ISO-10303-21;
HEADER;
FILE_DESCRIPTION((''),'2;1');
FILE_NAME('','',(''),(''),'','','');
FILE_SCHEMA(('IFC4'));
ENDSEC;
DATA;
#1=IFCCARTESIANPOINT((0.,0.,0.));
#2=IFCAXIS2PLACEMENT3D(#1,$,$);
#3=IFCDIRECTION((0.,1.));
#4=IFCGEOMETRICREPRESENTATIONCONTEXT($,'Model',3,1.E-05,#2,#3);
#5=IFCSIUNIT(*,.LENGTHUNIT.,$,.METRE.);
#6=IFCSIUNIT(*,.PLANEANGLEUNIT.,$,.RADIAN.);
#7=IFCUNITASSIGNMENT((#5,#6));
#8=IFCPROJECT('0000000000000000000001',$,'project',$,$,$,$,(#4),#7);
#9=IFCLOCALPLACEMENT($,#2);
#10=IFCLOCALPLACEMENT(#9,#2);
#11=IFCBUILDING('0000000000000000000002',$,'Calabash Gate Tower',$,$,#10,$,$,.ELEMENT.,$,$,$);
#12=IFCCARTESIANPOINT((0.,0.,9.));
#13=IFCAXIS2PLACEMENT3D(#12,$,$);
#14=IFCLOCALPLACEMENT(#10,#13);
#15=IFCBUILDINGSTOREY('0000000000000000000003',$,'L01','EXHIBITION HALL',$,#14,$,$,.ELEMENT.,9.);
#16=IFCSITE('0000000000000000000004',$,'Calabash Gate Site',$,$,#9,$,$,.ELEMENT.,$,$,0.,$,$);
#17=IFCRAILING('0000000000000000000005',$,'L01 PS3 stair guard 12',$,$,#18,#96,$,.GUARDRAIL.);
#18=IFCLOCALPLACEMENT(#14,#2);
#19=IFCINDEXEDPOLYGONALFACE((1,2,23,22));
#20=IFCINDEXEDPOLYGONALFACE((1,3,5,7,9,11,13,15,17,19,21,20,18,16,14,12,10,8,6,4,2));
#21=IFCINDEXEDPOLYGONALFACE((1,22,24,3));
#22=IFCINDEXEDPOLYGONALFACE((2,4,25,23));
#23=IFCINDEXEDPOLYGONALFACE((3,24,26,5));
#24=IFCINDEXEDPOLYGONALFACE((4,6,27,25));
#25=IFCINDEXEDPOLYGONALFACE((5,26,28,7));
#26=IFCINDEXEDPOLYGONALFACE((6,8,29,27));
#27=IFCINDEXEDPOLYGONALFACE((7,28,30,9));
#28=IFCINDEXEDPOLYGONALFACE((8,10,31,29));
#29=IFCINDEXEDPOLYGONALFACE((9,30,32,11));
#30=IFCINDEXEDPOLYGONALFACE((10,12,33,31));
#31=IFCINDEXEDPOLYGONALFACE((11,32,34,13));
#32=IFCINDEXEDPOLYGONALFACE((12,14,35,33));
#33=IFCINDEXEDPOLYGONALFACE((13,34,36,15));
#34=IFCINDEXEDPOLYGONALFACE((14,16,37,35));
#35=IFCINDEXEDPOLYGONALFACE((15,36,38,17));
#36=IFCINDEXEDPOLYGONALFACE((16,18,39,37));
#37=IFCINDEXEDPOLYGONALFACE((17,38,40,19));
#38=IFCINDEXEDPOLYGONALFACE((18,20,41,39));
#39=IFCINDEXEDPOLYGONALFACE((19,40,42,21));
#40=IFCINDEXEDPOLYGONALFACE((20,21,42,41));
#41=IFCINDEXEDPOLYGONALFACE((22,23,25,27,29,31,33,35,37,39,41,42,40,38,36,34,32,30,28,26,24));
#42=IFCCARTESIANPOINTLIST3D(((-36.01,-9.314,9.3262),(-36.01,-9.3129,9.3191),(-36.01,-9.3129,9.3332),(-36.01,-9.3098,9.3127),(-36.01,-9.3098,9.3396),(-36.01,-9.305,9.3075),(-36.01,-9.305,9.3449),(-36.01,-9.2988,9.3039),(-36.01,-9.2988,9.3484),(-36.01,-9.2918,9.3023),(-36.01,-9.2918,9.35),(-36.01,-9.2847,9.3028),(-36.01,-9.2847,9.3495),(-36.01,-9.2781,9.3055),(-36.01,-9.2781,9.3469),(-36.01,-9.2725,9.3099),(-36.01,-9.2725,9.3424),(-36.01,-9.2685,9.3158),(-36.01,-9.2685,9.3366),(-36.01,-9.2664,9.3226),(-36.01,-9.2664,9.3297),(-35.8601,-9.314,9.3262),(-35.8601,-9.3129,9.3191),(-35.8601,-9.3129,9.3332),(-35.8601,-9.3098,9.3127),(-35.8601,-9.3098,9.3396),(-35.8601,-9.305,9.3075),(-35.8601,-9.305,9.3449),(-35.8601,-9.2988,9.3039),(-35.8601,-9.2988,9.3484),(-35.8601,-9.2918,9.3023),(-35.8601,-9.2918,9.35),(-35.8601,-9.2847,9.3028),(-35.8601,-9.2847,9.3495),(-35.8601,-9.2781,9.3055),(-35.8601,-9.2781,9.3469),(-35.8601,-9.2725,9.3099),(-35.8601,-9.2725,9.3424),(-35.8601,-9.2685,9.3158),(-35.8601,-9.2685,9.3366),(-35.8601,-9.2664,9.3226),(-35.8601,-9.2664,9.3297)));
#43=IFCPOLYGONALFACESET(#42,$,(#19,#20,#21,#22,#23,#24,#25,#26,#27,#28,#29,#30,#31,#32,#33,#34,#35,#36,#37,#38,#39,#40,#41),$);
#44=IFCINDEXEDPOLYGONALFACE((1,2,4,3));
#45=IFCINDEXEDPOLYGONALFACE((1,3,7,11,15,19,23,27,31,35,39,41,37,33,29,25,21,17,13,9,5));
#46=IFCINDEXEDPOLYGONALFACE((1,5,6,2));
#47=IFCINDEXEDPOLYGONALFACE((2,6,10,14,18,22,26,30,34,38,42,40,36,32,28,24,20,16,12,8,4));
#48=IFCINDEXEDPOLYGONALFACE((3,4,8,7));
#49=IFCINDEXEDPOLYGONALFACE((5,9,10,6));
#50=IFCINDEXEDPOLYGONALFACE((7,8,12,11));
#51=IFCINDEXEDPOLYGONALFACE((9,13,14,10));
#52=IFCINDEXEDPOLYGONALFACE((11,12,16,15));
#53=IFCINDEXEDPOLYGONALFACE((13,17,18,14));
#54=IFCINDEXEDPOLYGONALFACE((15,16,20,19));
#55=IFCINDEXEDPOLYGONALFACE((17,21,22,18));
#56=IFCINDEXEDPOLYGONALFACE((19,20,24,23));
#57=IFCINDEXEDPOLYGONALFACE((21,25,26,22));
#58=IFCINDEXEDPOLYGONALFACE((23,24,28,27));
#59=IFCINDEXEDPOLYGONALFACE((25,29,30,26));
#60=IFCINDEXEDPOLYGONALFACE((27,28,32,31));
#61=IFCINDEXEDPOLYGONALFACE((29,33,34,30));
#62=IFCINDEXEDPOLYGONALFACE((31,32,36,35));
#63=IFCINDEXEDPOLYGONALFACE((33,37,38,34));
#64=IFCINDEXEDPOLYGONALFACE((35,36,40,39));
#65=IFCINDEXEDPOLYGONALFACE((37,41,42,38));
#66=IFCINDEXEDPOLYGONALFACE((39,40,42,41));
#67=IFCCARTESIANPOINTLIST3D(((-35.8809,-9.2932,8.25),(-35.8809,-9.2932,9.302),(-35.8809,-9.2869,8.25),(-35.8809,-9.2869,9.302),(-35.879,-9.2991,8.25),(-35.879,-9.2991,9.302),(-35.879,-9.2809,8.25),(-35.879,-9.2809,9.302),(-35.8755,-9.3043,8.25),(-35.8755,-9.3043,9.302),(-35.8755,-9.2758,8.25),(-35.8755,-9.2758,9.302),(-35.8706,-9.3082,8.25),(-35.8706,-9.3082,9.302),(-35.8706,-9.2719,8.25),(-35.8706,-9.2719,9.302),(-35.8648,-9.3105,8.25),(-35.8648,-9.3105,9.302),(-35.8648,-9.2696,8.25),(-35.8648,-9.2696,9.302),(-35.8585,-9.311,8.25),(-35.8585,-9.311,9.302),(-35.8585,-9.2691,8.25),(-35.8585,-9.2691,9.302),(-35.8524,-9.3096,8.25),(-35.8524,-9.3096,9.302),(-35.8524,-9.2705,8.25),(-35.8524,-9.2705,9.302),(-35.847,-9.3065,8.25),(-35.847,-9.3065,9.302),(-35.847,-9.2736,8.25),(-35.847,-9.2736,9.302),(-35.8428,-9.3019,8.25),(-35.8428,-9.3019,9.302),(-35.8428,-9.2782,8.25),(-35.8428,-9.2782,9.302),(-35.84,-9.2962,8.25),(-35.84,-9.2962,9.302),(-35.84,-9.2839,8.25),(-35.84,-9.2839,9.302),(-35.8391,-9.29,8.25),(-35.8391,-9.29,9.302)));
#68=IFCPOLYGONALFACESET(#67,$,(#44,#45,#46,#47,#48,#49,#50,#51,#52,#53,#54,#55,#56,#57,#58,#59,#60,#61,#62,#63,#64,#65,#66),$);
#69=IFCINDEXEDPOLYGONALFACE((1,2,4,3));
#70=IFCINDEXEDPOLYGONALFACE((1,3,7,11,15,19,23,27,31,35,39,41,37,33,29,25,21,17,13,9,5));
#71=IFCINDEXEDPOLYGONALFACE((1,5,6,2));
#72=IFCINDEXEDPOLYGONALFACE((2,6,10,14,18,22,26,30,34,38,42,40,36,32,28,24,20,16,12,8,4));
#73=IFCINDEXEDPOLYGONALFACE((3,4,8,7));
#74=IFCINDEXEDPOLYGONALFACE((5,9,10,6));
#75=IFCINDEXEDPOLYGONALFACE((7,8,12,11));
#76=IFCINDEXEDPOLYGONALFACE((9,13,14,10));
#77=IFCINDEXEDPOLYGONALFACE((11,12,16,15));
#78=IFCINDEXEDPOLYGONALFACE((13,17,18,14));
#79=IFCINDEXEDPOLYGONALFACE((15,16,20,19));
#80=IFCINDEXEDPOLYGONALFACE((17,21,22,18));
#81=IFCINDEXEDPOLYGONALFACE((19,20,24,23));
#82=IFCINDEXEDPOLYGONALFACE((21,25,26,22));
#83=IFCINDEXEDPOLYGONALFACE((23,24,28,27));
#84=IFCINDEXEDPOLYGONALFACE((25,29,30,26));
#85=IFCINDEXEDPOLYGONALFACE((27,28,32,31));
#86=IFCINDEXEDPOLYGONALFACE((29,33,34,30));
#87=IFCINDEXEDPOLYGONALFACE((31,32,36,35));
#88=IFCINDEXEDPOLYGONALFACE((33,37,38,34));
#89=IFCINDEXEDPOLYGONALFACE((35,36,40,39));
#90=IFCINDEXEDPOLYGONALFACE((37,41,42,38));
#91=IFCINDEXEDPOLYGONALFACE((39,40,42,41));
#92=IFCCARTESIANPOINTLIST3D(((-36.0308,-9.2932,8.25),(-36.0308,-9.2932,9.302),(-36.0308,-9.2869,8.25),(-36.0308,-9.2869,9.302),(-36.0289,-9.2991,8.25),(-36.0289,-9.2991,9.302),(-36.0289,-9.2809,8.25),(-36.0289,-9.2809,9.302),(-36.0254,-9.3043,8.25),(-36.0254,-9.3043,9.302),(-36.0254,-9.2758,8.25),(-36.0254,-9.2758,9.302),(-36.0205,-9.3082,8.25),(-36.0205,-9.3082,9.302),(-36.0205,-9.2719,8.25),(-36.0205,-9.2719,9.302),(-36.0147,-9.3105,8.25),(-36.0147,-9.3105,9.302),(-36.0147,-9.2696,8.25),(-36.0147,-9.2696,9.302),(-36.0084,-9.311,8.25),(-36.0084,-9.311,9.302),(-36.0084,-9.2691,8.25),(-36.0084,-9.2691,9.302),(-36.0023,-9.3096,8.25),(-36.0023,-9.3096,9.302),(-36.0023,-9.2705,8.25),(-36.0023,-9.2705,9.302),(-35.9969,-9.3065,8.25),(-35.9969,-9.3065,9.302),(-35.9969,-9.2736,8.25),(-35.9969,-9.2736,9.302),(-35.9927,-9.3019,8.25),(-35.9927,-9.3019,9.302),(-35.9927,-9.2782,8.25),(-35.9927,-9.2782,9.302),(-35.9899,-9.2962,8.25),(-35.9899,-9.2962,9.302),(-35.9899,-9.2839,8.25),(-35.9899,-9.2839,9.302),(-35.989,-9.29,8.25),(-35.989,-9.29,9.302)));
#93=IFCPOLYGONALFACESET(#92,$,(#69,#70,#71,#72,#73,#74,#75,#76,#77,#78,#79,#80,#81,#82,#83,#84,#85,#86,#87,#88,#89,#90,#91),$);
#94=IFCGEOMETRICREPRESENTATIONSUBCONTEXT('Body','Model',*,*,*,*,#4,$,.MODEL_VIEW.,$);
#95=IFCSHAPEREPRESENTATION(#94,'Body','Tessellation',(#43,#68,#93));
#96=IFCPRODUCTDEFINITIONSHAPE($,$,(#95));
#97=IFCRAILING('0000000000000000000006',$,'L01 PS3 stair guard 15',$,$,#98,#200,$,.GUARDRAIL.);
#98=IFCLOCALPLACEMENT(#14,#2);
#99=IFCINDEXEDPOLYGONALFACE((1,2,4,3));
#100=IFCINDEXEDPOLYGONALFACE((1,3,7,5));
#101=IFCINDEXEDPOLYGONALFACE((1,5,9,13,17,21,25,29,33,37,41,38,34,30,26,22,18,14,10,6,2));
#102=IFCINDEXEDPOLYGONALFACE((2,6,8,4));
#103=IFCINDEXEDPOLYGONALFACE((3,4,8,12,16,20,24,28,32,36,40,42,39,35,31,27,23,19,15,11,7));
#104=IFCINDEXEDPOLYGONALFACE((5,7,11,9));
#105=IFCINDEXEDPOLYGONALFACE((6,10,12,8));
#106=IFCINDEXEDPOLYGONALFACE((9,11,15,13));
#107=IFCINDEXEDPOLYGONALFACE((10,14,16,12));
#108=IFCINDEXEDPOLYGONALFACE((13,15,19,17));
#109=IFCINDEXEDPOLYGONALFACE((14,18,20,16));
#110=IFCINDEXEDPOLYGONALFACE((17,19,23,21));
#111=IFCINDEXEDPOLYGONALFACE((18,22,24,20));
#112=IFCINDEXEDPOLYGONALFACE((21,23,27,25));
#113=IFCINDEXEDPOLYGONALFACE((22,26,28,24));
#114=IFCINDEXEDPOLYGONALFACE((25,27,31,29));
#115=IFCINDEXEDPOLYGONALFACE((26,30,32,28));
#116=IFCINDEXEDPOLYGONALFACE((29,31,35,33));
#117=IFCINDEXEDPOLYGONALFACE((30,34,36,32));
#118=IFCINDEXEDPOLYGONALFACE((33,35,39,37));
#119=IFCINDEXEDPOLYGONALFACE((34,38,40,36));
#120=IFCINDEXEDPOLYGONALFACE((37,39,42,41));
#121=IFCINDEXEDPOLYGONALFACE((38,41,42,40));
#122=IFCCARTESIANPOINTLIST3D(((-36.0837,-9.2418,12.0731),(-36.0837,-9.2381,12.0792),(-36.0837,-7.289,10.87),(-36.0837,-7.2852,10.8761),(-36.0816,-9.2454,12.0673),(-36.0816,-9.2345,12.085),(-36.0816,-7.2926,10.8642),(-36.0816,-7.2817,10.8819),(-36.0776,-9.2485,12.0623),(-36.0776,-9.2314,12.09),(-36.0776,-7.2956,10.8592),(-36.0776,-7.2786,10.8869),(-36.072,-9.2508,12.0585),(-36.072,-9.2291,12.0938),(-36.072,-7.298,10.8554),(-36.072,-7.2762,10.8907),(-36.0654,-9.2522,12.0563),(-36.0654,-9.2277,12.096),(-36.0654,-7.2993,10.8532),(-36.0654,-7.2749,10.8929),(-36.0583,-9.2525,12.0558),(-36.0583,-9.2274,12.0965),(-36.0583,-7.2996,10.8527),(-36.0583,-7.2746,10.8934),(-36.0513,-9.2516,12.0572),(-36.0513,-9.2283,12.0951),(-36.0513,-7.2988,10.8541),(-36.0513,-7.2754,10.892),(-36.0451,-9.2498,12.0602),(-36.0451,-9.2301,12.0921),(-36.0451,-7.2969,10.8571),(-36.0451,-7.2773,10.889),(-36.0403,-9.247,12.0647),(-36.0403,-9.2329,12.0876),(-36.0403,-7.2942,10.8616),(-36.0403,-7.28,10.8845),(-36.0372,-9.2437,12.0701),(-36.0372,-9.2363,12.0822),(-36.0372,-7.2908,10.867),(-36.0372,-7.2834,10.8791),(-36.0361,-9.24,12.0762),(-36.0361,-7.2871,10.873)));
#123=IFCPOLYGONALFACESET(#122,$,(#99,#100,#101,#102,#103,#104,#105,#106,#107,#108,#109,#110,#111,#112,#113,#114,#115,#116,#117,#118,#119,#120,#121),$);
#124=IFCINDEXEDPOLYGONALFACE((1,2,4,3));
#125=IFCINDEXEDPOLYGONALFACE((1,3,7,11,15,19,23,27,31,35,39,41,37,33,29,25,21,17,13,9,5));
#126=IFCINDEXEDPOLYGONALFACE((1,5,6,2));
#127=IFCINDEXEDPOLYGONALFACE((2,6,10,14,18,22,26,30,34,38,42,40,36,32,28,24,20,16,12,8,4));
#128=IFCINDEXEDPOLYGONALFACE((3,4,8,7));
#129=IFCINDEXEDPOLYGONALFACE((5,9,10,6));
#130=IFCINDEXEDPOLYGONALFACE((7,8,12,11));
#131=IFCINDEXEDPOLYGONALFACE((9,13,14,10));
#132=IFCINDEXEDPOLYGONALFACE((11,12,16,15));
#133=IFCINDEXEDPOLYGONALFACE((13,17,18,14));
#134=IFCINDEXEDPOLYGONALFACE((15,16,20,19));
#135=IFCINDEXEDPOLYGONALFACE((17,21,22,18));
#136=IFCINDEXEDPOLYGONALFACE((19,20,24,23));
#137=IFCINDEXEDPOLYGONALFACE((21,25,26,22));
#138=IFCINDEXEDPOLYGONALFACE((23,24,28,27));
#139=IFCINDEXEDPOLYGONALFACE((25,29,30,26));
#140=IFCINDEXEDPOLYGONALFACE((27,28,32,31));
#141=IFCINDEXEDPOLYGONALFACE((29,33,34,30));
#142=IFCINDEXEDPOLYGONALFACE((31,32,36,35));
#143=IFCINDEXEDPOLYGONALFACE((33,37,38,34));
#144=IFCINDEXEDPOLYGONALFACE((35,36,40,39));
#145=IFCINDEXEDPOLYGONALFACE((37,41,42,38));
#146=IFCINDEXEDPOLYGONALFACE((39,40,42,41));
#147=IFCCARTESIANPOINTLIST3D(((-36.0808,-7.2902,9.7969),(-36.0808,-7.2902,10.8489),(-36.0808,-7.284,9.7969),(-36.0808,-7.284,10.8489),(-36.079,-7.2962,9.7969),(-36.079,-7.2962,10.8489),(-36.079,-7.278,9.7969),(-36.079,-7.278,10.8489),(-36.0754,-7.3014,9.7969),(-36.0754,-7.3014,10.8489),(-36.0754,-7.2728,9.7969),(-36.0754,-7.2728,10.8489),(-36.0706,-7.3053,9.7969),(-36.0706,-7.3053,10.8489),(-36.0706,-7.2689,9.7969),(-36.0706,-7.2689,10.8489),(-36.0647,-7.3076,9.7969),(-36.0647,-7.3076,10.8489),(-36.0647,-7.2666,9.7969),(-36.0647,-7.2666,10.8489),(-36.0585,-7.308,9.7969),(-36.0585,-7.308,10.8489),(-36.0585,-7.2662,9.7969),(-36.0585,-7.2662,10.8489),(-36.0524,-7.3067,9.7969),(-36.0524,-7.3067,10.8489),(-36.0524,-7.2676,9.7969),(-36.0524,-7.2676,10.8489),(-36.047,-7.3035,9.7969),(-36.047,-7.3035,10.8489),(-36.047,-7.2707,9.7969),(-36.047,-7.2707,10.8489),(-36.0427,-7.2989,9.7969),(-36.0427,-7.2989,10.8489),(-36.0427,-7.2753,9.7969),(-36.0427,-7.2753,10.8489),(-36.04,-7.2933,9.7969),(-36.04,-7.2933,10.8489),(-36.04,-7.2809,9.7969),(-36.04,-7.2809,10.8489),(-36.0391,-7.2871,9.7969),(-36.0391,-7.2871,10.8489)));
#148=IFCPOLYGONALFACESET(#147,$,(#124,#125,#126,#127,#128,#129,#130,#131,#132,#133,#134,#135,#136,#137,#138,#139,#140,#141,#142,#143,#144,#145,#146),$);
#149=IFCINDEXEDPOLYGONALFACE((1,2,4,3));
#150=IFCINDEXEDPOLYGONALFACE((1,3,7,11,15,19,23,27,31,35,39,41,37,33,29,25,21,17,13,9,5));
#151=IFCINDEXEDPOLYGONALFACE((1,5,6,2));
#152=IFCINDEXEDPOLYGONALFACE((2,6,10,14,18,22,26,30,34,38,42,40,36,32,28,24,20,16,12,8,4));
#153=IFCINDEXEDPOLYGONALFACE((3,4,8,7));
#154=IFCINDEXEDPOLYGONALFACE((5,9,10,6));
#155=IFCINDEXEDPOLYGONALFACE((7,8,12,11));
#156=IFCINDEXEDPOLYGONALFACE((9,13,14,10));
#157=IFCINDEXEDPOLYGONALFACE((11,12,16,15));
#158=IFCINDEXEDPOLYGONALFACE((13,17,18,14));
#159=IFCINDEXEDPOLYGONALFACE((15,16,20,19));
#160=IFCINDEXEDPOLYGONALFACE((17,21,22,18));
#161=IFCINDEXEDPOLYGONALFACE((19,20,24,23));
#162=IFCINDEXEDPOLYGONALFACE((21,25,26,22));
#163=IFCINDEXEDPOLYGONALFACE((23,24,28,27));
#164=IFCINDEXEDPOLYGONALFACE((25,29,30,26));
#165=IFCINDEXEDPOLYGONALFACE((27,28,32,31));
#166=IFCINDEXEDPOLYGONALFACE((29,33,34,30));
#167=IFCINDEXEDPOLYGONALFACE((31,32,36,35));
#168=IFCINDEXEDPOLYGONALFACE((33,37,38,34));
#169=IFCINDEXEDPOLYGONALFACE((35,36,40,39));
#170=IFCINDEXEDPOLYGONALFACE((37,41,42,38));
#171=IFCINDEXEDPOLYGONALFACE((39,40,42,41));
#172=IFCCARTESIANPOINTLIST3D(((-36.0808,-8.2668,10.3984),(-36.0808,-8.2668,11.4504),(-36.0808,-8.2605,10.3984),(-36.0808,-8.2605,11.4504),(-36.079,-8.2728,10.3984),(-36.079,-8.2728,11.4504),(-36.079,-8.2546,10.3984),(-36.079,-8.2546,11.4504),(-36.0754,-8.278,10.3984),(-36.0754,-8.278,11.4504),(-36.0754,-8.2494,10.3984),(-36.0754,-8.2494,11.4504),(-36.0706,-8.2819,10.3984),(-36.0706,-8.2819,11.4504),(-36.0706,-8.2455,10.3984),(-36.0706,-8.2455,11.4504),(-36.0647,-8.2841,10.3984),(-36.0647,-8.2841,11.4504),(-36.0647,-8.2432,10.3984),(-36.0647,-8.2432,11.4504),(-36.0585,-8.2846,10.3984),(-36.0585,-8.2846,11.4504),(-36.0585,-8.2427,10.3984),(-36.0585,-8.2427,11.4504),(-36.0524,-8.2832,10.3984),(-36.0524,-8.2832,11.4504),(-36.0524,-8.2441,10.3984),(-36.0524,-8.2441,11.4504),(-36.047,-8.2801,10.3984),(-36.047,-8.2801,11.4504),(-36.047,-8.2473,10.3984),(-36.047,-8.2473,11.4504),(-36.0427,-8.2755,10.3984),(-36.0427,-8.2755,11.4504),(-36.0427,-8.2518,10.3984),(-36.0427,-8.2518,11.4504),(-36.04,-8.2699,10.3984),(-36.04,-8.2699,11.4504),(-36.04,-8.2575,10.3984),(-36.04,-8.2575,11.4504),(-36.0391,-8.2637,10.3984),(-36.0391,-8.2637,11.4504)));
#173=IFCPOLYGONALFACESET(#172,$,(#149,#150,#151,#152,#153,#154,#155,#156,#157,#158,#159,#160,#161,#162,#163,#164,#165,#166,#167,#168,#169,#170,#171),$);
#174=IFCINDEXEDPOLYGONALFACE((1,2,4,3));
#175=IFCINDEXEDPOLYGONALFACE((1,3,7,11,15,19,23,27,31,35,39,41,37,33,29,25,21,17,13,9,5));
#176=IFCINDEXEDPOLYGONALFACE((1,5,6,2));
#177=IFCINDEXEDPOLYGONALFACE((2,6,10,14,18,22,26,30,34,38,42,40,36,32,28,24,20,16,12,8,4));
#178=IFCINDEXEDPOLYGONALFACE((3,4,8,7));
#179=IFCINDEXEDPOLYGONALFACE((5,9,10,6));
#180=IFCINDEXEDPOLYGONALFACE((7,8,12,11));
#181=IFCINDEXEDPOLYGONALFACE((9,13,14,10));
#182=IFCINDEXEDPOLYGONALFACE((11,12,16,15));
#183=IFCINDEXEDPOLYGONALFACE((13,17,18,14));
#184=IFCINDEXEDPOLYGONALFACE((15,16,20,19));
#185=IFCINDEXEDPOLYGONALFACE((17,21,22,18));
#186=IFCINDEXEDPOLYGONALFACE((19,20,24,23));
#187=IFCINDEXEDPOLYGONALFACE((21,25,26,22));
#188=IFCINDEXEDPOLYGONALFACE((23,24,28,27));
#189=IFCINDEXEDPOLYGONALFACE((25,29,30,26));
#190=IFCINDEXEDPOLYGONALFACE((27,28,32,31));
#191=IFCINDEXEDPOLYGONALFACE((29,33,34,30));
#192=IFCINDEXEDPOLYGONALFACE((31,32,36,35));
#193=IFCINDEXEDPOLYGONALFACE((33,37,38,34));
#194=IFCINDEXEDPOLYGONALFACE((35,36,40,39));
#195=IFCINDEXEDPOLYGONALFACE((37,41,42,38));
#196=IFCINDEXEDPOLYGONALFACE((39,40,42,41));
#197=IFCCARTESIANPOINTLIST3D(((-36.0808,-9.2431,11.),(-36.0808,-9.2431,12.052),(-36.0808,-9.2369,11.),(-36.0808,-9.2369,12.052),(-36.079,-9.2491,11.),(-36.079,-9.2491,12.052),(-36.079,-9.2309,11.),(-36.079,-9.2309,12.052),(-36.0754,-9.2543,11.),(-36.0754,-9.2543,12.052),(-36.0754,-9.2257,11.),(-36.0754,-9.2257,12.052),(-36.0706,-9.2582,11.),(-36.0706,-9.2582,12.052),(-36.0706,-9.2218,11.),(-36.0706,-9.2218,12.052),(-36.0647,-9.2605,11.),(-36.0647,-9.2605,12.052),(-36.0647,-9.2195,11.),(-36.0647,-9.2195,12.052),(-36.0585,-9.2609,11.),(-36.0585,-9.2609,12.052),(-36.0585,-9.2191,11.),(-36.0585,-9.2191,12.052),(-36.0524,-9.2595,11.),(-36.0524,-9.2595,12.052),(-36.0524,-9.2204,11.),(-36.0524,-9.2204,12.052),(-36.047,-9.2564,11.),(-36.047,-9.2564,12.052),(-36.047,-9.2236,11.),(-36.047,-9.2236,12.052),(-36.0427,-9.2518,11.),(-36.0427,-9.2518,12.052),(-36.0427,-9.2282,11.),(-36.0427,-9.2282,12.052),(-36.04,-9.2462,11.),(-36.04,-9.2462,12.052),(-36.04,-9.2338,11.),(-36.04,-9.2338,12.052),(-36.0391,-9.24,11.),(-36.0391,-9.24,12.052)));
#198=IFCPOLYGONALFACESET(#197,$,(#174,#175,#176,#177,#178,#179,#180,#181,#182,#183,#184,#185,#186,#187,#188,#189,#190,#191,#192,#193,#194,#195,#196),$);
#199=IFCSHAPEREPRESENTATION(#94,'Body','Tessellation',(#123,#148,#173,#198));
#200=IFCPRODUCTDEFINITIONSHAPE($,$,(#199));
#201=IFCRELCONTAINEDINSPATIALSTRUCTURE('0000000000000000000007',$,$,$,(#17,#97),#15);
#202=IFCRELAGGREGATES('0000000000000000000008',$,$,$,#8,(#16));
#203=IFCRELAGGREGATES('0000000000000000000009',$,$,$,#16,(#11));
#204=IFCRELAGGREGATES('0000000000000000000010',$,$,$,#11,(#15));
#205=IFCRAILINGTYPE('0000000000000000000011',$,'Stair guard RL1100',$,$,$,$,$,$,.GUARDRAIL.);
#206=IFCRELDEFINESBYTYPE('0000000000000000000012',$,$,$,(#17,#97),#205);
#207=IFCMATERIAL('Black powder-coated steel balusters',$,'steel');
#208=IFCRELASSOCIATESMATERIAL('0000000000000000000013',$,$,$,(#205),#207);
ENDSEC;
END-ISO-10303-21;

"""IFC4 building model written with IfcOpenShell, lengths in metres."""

from ifc_helpers import new_model, si_unit, direction, frame, origin, origin_2d, place, context, subcontext, project, spatial, circle, extrude, material, type_object, element, save


model = new_model("IFC4")

# Units and contexts
model_context = context("Model", 3, precision=1e-05, world=origin(), true_north=direction((0.0, 1.0)))
body_context = subcontext(model_context, "Body", "Model", "MODEL_VIEW")
ifc_project = project(units=[si_unit("LENGTHUNIT", "METRE"), si_unit("PLANEANGLEUNIT", "RADIAN")], contexts=[model_context])

# Site, building, storey
site_placement = place(None, origin())
site = spatial("IfcSite", under=ifc_project, at=site_placement, Name="Calabash Gate Site", CompositionType="ELEMENT", RefElevation=0.0)
building_placement = place(site_placement, origin())
building = spatial("IfcBuilding", under=site, at=building_placement, Name="Calabash Gate Tower", CompositionType="ELEMENT")
storey_placement = place(building_placement, frame((0.0, 0.0, 9.0)))
storey = spatial("IfcBuildingStorey", under=building, at=storey_placement, Name="L01", Description="EXHIBITION HALL", CompositionType="ELEMENT", Elevation=9.0)

# Railings
ifc_material_1 = material(Name="Black powder-coated steel balusters", Category="steel")
railing_type_1 = type_object("IfcRailingType", Name="Stair guard RL1100", PredefinedType="GUARDRAIL", material=ifc_material_1)
railing_1_placement = place(storey_placement, frame((-35.8601, -9.29, 8.25)))
element("IfcRailing", 1, at=railing_1_placement, inside=storey, type_object=railing_type_1, Name="L01 PS3 stair guard 12", PredefinedType="GUARDRAIL", context=body_context, shape_type="SweptSolid", body=[
    extrude(circle(Radius=0.0239, at=origin_2d()), frame((0.0, 0.0, 1.0762), z_axis=(-1.0, 0.0, 0.0), x_axis=(0.0, -1.0, 0.0)), (0.0, 0.0, 1.0), 0.1499),
    extrude(circle(Radius=0.021, at=origin_2d()), origin(), (0.0, 0.0, 1.0), 1.052),
    extrude(circle(Radius=0.021, at=origin_2d()), frame((-0.1499, 0.0, 0.0)), (0.0, 0.0, 1.0), 1.052),
])
railing_2_placement = place(storey_placement, frame((-36.0601, -7.2871, 9.7969)))
element("IfcRailing", 2, at=railing_2_placement, inside=storey, type_object=railing_type_1, Name="L01 PS3 stair guard 15", PredefinedType="GUARDRAIL", context=body_context, shape_type="SweptSolid", body=[
    extrude(circle(Radius=0.0239, at=origin_2d()), frame((0.0, 0.0, 1.0762), z_axis=(0.0, -0.851395, 0.524525), x_axis=(1.0, 0.0, 0.0)), (0.0, 0.0, 1.0), 2.2937),
    extrude(circle(Radius=0.021, at=origin_2d()), origin(), (0.0, 0.0, 1.0), 1.052),
    extrude(circle(Radius=0.021, at=origin_2d()), frame((0.0, -0.9766, 0.6016)), (0.0, 0.0, 1.0), 1.052),
    extrude(circle(Radius=0.021, at=origin_2d()), frame((0.0, -1.9529, 1.2031)), (0.0, 0.0, 1.0), 1.052),
])

save(model, "model.ifc")
